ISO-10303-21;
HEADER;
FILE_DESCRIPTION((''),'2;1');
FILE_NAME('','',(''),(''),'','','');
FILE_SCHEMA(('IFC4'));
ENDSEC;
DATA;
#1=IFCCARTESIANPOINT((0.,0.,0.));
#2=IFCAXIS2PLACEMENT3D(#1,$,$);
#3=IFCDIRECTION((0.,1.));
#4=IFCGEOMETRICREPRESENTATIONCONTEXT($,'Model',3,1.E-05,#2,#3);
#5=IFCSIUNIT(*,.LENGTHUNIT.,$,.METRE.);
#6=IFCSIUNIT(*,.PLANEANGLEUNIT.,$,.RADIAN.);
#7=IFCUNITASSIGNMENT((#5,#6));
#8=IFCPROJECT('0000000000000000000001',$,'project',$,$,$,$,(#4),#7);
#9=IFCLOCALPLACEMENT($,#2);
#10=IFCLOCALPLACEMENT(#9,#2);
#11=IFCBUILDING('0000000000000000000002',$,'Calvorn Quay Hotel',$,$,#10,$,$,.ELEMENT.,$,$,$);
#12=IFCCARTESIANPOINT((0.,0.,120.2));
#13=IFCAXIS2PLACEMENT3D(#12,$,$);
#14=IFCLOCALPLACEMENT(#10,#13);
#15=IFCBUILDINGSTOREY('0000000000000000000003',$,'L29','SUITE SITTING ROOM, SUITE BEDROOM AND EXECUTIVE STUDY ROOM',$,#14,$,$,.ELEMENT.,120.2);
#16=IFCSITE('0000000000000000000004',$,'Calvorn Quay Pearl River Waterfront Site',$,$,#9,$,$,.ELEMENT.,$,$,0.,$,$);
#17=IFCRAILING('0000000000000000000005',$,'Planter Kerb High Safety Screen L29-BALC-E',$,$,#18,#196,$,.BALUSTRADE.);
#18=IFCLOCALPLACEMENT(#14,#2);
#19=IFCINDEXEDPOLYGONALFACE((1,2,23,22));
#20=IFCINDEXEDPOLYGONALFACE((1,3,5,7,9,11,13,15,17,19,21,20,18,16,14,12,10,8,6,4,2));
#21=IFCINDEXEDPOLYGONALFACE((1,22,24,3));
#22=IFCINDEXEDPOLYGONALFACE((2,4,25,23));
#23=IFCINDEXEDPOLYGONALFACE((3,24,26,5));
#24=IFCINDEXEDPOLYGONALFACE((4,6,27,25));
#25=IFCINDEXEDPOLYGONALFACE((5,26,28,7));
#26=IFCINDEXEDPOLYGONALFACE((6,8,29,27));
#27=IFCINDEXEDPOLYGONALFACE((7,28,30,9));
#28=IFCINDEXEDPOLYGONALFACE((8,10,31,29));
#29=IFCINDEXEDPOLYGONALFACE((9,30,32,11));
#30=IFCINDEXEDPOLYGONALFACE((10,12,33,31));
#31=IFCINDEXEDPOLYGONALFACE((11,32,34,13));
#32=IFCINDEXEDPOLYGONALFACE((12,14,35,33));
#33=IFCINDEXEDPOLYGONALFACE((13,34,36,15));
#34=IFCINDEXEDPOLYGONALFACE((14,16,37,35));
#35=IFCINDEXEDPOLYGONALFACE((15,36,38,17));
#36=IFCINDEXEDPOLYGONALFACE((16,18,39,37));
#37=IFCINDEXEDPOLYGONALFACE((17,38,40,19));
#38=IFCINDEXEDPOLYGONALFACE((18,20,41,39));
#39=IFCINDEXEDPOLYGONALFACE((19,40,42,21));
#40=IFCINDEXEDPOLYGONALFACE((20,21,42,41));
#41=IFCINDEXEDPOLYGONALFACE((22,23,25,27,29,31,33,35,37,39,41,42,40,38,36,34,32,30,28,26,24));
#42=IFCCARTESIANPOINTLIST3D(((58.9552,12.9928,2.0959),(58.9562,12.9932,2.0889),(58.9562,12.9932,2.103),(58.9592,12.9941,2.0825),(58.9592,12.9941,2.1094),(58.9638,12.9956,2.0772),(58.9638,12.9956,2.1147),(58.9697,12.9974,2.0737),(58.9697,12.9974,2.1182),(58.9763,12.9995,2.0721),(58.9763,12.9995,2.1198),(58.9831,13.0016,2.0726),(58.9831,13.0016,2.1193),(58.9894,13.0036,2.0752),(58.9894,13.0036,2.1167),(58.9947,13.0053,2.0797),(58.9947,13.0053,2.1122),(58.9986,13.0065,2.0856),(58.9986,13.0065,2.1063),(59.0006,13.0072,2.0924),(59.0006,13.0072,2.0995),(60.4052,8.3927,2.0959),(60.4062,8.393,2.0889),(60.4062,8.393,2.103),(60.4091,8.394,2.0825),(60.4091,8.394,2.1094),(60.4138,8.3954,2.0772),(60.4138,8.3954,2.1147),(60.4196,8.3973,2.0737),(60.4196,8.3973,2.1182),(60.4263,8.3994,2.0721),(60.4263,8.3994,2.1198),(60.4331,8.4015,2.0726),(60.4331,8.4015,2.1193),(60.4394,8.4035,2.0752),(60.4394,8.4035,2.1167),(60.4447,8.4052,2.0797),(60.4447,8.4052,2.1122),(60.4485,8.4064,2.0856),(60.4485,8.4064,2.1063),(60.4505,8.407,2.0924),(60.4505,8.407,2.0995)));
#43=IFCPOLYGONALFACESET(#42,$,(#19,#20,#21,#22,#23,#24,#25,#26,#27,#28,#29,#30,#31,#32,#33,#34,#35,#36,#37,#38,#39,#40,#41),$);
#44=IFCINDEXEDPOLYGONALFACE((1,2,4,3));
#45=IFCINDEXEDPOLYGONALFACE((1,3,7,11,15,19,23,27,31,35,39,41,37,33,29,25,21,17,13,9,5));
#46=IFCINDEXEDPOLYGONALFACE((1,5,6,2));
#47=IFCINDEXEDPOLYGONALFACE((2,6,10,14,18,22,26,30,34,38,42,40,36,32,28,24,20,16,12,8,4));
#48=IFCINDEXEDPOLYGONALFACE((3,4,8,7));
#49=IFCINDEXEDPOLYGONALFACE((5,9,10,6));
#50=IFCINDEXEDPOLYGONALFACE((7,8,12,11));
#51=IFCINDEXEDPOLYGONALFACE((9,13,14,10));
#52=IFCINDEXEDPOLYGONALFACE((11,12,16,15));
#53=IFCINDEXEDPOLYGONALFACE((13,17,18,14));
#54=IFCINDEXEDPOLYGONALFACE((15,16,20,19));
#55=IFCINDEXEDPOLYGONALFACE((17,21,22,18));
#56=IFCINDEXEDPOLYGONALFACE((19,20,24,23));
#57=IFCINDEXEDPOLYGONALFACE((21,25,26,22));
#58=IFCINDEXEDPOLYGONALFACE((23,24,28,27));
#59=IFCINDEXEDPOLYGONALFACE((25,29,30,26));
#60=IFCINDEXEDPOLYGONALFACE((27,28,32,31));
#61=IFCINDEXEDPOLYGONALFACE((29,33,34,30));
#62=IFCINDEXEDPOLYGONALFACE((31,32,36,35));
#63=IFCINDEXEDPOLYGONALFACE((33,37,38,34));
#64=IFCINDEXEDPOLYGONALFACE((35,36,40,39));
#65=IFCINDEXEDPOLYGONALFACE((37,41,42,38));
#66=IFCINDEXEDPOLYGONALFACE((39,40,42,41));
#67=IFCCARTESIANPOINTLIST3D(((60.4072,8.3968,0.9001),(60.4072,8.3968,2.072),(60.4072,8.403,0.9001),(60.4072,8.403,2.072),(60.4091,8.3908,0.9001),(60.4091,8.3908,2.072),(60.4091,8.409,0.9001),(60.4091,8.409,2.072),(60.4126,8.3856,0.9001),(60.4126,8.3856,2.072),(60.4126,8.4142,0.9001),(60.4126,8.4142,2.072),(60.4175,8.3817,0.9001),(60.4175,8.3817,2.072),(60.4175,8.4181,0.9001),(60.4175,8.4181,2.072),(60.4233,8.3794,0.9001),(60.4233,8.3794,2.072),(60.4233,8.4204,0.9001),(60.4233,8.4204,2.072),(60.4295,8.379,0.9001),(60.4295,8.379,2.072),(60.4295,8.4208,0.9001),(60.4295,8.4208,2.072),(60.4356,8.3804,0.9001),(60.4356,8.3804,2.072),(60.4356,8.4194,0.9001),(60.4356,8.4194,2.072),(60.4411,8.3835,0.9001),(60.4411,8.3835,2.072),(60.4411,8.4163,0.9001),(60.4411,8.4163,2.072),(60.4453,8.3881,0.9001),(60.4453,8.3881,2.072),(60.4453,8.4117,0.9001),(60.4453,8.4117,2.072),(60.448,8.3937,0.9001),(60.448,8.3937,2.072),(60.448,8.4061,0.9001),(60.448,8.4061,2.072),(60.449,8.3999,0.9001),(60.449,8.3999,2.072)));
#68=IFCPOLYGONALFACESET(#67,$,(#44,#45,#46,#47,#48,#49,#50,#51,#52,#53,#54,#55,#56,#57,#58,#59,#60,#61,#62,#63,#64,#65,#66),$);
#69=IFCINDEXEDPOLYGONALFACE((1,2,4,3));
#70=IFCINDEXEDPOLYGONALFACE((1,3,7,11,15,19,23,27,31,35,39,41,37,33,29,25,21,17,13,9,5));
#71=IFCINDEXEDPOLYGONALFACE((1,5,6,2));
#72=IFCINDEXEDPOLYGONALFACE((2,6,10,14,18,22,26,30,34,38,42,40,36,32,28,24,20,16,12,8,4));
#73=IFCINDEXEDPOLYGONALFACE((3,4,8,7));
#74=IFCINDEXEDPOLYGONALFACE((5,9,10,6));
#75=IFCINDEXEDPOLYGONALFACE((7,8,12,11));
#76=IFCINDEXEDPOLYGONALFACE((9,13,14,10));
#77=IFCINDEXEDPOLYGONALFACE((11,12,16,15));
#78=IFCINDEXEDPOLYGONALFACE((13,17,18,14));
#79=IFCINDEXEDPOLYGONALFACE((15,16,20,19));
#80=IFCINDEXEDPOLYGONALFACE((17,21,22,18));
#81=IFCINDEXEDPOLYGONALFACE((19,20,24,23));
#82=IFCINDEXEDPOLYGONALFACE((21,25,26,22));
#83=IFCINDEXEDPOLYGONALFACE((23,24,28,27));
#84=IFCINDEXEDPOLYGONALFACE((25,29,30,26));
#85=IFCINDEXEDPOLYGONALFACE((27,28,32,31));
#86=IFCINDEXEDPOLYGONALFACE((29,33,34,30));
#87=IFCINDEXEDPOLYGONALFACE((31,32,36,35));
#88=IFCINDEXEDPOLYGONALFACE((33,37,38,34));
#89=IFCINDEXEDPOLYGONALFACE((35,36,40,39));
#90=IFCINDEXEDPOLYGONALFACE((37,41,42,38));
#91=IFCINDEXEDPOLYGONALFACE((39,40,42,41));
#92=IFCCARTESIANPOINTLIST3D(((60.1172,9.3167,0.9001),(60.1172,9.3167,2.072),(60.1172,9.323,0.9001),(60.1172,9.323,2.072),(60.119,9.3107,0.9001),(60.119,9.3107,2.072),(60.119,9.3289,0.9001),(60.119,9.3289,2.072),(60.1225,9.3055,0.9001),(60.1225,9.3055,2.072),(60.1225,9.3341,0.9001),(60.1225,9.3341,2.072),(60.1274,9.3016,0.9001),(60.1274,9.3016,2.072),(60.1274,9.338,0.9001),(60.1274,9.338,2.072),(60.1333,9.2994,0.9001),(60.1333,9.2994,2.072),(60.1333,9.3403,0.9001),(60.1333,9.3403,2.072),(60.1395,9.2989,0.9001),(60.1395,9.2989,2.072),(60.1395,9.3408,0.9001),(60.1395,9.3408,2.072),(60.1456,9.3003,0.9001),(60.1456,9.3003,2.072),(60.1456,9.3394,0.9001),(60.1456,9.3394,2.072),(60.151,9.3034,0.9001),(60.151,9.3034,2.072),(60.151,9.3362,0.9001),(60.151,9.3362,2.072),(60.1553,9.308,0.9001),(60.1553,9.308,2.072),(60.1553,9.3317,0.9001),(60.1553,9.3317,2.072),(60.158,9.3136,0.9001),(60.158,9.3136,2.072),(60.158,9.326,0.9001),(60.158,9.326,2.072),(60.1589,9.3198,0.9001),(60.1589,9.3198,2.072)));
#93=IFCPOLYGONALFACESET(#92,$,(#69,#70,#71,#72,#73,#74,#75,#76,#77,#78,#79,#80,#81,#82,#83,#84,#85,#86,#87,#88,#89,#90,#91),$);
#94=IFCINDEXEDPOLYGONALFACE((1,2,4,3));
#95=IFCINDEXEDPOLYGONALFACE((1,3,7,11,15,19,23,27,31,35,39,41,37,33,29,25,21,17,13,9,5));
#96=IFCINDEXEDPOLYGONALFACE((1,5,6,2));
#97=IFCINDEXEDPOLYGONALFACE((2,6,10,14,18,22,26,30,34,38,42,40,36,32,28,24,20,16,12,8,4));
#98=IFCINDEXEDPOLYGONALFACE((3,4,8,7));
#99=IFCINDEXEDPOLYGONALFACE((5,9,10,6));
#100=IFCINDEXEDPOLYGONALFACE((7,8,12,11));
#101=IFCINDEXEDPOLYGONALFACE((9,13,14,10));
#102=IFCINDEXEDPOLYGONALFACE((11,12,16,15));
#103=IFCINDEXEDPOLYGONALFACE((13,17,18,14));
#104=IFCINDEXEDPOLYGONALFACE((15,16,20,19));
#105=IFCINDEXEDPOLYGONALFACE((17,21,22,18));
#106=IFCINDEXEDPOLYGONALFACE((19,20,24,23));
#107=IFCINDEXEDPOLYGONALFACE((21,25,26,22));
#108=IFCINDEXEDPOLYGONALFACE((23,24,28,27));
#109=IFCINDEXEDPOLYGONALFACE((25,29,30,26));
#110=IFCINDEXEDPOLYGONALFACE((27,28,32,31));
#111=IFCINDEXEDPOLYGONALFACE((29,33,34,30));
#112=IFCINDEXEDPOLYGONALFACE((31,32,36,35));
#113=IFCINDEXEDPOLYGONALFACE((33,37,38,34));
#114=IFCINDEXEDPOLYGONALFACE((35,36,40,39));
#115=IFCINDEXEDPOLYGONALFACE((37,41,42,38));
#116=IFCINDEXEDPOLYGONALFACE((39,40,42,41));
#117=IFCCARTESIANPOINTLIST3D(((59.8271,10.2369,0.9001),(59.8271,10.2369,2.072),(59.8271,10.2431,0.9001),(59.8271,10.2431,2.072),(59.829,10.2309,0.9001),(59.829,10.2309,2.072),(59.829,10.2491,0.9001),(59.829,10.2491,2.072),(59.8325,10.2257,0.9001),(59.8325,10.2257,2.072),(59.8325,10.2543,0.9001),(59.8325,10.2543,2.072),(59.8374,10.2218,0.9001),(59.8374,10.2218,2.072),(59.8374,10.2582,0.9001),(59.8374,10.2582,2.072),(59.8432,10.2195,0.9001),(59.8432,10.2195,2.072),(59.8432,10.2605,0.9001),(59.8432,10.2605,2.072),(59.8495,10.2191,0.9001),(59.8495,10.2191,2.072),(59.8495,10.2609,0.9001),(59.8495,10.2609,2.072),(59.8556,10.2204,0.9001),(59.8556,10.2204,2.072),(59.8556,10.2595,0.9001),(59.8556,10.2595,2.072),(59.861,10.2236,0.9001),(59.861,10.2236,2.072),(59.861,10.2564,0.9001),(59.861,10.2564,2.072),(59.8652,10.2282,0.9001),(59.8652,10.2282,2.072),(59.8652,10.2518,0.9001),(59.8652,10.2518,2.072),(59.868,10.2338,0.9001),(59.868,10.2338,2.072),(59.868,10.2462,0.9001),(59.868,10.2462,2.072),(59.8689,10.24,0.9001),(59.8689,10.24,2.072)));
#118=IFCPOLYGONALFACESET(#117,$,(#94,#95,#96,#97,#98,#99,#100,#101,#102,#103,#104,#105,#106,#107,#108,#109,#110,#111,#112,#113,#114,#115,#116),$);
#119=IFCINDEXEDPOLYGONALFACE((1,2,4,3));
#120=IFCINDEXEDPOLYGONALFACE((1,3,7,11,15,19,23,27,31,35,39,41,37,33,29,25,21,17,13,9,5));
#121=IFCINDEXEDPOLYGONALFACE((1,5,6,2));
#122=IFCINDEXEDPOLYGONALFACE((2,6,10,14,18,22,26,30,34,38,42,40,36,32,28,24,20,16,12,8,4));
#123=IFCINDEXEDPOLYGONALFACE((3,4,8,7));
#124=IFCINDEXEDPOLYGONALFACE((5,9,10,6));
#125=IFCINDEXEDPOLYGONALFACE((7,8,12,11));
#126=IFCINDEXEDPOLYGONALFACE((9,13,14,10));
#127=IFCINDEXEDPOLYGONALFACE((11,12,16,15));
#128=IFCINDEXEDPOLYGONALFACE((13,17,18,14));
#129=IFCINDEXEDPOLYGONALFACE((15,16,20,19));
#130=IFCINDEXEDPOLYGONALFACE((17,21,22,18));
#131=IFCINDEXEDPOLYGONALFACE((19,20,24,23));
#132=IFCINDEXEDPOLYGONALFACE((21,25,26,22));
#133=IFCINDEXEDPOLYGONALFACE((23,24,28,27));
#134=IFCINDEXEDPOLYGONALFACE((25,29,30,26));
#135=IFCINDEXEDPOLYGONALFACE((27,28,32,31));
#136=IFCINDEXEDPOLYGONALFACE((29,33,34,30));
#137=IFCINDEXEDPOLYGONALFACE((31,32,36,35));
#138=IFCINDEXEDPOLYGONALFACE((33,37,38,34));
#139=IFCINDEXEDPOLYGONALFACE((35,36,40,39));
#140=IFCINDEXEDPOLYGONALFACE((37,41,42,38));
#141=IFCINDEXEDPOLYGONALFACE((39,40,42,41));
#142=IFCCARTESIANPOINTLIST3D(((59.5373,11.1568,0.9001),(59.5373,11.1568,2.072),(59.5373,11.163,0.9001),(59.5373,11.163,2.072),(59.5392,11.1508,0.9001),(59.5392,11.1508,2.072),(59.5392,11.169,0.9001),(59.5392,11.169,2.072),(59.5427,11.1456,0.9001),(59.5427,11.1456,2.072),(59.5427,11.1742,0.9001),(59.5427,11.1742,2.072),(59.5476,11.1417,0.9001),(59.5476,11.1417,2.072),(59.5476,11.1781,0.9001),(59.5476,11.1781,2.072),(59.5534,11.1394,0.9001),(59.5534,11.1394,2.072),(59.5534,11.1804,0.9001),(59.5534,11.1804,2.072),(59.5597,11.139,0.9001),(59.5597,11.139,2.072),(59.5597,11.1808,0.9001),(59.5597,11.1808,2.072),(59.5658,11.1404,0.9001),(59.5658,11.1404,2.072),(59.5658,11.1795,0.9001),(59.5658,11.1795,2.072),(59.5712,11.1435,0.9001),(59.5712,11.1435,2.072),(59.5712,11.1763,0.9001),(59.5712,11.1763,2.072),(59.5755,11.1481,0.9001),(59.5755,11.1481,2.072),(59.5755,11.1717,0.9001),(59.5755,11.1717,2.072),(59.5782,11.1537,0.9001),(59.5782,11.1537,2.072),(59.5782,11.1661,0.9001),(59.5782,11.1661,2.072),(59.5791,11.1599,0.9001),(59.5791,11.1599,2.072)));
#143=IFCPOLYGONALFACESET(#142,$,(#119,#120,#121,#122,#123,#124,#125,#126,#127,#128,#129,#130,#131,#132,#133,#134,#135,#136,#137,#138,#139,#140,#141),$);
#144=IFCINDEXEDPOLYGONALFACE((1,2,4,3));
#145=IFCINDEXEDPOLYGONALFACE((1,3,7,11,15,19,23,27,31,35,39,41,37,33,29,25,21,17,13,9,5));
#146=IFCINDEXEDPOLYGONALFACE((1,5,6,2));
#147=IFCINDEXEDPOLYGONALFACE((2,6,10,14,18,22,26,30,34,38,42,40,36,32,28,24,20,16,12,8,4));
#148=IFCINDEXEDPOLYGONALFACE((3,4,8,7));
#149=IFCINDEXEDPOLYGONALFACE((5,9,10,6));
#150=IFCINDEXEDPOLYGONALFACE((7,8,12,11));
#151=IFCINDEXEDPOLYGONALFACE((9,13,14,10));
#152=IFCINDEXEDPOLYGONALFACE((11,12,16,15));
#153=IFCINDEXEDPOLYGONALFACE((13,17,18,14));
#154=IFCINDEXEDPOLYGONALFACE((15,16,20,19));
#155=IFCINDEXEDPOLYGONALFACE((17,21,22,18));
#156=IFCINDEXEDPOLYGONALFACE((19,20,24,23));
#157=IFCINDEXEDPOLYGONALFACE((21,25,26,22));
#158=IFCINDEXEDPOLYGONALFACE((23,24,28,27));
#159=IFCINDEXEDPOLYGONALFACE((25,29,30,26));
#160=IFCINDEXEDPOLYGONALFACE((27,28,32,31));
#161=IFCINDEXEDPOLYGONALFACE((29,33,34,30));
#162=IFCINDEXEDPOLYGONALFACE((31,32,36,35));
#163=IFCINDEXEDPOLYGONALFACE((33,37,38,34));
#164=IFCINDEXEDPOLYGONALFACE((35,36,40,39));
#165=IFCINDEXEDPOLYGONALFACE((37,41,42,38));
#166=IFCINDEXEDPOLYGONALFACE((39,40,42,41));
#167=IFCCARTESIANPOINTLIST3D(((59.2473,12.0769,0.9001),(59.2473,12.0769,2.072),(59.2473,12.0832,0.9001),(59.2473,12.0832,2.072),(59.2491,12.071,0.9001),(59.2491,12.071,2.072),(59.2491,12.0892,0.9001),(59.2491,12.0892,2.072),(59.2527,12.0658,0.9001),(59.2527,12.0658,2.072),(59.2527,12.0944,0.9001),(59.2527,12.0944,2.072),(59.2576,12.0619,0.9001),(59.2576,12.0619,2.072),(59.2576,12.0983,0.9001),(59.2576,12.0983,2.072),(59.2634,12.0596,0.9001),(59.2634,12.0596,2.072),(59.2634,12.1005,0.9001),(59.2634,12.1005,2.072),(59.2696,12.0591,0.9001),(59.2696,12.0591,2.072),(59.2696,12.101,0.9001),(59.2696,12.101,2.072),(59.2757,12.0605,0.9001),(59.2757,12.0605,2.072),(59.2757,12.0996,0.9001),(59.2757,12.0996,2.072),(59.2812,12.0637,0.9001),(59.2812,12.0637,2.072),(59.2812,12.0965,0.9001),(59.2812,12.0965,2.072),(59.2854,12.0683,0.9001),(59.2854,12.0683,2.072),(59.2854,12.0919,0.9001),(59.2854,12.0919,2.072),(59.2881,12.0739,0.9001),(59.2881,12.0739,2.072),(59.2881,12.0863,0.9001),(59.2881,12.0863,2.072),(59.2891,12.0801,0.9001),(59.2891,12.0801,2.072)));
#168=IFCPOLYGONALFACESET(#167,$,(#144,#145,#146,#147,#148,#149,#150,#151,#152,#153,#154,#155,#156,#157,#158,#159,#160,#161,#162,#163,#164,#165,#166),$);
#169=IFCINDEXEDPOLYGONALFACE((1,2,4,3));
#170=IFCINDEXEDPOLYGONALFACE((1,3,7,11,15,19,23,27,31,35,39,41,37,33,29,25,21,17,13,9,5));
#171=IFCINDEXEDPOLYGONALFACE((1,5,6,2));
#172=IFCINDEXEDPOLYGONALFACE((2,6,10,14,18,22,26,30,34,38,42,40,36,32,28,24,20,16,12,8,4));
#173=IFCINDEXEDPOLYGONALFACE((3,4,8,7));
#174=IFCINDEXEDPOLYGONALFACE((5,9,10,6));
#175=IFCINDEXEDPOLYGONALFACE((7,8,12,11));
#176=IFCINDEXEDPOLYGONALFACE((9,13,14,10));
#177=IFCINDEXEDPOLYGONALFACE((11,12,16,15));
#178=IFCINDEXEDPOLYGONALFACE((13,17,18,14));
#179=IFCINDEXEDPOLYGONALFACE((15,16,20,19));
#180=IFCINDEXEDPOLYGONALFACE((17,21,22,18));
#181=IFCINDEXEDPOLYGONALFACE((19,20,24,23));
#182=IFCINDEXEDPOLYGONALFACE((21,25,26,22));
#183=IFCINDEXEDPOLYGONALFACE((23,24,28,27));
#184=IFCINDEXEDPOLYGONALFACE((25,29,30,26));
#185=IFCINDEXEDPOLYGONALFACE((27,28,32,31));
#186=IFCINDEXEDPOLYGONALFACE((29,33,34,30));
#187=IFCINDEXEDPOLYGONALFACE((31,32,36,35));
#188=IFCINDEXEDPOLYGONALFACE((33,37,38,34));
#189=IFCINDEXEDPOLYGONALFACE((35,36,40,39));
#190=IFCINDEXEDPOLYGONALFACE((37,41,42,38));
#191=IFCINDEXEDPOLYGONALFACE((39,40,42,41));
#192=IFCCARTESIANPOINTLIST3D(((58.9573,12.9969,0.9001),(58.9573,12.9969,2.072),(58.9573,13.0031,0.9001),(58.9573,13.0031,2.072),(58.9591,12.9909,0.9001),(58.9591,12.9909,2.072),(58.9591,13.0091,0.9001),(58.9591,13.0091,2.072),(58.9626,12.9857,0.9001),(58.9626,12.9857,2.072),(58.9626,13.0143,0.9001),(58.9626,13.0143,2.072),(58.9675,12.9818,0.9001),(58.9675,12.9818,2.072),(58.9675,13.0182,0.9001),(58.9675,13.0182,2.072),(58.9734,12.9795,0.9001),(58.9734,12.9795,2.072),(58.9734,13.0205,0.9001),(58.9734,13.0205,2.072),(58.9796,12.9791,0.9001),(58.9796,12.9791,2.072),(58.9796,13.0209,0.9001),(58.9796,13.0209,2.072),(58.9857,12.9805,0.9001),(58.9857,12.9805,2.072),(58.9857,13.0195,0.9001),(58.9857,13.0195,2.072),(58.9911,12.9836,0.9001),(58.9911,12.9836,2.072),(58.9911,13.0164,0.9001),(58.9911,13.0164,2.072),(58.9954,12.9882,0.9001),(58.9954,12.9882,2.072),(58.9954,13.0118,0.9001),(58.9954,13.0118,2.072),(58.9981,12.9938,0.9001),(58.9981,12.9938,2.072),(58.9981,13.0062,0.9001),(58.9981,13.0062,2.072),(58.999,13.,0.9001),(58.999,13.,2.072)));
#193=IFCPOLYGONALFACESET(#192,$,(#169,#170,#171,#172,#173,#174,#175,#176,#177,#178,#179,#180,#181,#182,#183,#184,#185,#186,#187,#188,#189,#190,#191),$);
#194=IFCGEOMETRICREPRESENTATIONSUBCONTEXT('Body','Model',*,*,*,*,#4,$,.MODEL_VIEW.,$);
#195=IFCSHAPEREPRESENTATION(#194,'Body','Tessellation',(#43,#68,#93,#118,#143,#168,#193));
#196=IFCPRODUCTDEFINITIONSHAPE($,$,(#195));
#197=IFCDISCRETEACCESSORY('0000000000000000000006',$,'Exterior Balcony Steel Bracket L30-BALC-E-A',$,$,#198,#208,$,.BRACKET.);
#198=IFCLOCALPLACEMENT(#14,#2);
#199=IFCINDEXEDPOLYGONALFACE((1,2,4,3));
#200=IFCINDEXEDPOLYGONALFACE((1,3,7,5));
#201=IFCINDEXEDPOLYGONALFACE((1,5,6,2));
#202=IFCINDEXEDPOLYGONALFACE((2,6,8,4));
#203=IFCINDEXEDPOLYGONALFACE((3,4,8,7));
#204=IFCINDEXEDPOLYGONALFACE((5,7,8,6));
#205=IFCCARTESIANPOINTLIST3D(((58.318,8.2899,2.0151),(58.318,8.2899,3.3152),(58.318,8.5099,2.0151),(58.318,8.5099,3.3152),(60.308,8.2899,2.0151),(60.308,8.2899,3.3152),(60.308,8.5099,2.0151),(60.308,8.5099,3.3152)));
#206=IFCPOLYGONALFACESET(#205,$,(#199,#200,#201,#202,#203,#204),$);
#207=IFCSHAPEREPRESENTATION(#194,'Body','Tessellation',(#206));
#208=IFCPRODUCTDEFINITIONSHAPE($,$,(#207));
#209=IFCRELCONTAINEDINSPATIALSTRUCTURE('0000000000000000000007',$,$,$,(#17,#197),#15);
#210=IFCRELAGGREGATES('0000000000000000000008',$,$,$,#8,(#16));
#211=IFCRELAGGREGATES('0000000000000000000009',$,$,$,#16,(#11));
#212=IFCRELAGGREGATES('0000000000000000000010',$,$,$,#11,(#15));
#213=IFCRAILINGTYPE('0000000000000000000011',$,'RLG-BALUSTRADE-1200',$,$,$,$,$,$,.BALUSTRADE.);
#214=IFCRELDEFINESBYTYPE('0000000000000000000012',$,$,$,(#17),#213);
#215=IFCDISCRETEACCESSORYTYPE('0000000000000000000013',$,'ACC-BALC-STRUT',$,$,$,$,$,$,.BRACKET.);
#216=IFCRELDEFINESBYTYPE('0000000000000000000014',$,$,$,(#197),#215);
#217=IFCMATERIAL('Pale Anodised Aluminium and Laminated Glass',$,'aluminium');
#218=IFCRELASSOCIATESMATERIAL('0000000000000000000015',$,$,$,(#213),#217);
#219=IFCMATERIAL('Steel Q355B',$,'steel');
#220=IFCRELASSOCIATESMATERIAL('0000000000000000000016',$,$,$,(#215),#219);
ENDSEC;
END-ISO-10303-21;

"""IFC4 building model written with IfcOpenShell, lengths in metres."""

from ifc_helpers import new_model, si_unit, direction, frame, origin, origin_2d, place, context, subcontext, project, spatial, rectangle, circle, extrude, material, type_object, element, save


model = new_model("IFC4")

# Units and contexts
model_context = context("Model", 3, precision=1e-05, world=origin(), true_north=direction((0.0, 1.0)))
body_context = subcontext(model_context, "Body", "Model", "MODEL_VIEW")
ifc_project = project(units=[si_unit("LENGTHUNIT", "METRE"), si_unit("PLANEANGLEUNIT", "RADIAN")], contexts=[model_context])

# Site, building, storey
site_placement = place(None, origin())
site = spatial("IfcSite", under=ifc_project, at=site_placement, Name="Calvorn Quay Pearl River Waterfront Site", CompositionType="ELEMENT", RefElevation=0.0)
building_placement = place(site_placement, origin())
building = spatial("IfcBuilding", under=site, at=building_placement, Name="Calvorn Quay Hotel", CompositionType="ELEMENT")
storey_placement = place(building_placement, frame((0.0, 0.0, 120.2)))
storey = spatial("IfcBuildingStorey", under=building, at=storey_placement, Name="L29", Description="SUITE SITTING ROOM, SUITE BEDROOM AND EXECUTIVE STUDY ROOM", CompositionType="ELEMENT", Elevation=120.2)

# Railing
ifc_material_1 = material(Name="Pale Anodised Aluminium and Laminated Glass", Category="aluminium")
railing_type = type_object("IfcRailingType", Name="RLG-BALUSTRADE-1200", PredefinedType="BALUSTRADE", material=ifc_material_1)
railing_1_placement = place(storey_placement, frame((60.428, 8.3999, 0.9001)))
element("IfcRailing", 1, at=railing_1_placement, inside=storey, type_object=railing_type, Name="Planter Kerb High Safety Screen L29-BALC-E", PredefinedType="BALUSTRADE", context=body_context, shape_type="SweptSolid", body=[
    extrude(circle(Radius=0.0239, at=origin_2d()), frame((0.0, 0.0, 1.1958), z_axis=(-0.30062, 0.953744, 0.0), x_axis=(-0.953744, -0.30062, 0.0)), (0.0, 0.0, 1.0), 4.8232),
    extrude(circle(Radius=0.021, at=origin_2d()), origin(), (0.0, 0.0, 1.0), 1.1719),
    extrude(circle(Radius=0.021, at=origin_2d()), frame((-0.29, 0.9199, 0.0)), (0.0, 0.0, 1.0), 1.1719),
    extrude(circle(Radius=0.021, at=origin_2d()), frame((-0.5801, 1.8401, 0.0)), (0.0, 0.0, 1.0), 1.1719),
    extrude(circle(Radius=0.021, at=origin_2d()), frame((-0.8699, 2.76, 0.0)), (0.0, 0.0, 1.0), 1.1719),
    extrude(circle(Radius=0.021, at=origin_2d()), frame((-1.1599, 3.6802, 0.0)), (0.0, 0.0, 1.0), 1.1719),
    extrude(circle(Radius=0.021, at=origin_2d()), frame((-1.45, 4.6001, 0.0)), (0.0, 0.0, 1.0), 1.1719),
])

# Discrete accessory
ifc_material_2 = material(Name="Steel Q355B", Category="steel")
discrete_accessory_type = type_object("IfcDiscreteAccessoryType", Name="ACC-BALC-STRUT", PredefinedType="BRACKET", material=ifc_material_2)
discrete_accessory_placement = place(storey_placement, frame((59.313, 8.3999, 2.0151), z_axis=(0.0, 0.0, 1.0), x_axis=(1.0, 0.0, 0.0)))
element("IfcDiscreteAccessory", 2, at=discrete_accessory_placement, inside=storey, type_object=discrete_accessory_type, Name="Exterior Balcony Steel Bracket L30-BALC-E-A", PredefinedType="BRACKET", context=body_context, shape_type="SweptSolid", body=[
    extrude(rectangle(XDim=1.99, YDim=0.22, at=origin_2d()), origin(), (0.0, 0.0, 1.0), 1.3),
])

save(model, "model.ifc")
